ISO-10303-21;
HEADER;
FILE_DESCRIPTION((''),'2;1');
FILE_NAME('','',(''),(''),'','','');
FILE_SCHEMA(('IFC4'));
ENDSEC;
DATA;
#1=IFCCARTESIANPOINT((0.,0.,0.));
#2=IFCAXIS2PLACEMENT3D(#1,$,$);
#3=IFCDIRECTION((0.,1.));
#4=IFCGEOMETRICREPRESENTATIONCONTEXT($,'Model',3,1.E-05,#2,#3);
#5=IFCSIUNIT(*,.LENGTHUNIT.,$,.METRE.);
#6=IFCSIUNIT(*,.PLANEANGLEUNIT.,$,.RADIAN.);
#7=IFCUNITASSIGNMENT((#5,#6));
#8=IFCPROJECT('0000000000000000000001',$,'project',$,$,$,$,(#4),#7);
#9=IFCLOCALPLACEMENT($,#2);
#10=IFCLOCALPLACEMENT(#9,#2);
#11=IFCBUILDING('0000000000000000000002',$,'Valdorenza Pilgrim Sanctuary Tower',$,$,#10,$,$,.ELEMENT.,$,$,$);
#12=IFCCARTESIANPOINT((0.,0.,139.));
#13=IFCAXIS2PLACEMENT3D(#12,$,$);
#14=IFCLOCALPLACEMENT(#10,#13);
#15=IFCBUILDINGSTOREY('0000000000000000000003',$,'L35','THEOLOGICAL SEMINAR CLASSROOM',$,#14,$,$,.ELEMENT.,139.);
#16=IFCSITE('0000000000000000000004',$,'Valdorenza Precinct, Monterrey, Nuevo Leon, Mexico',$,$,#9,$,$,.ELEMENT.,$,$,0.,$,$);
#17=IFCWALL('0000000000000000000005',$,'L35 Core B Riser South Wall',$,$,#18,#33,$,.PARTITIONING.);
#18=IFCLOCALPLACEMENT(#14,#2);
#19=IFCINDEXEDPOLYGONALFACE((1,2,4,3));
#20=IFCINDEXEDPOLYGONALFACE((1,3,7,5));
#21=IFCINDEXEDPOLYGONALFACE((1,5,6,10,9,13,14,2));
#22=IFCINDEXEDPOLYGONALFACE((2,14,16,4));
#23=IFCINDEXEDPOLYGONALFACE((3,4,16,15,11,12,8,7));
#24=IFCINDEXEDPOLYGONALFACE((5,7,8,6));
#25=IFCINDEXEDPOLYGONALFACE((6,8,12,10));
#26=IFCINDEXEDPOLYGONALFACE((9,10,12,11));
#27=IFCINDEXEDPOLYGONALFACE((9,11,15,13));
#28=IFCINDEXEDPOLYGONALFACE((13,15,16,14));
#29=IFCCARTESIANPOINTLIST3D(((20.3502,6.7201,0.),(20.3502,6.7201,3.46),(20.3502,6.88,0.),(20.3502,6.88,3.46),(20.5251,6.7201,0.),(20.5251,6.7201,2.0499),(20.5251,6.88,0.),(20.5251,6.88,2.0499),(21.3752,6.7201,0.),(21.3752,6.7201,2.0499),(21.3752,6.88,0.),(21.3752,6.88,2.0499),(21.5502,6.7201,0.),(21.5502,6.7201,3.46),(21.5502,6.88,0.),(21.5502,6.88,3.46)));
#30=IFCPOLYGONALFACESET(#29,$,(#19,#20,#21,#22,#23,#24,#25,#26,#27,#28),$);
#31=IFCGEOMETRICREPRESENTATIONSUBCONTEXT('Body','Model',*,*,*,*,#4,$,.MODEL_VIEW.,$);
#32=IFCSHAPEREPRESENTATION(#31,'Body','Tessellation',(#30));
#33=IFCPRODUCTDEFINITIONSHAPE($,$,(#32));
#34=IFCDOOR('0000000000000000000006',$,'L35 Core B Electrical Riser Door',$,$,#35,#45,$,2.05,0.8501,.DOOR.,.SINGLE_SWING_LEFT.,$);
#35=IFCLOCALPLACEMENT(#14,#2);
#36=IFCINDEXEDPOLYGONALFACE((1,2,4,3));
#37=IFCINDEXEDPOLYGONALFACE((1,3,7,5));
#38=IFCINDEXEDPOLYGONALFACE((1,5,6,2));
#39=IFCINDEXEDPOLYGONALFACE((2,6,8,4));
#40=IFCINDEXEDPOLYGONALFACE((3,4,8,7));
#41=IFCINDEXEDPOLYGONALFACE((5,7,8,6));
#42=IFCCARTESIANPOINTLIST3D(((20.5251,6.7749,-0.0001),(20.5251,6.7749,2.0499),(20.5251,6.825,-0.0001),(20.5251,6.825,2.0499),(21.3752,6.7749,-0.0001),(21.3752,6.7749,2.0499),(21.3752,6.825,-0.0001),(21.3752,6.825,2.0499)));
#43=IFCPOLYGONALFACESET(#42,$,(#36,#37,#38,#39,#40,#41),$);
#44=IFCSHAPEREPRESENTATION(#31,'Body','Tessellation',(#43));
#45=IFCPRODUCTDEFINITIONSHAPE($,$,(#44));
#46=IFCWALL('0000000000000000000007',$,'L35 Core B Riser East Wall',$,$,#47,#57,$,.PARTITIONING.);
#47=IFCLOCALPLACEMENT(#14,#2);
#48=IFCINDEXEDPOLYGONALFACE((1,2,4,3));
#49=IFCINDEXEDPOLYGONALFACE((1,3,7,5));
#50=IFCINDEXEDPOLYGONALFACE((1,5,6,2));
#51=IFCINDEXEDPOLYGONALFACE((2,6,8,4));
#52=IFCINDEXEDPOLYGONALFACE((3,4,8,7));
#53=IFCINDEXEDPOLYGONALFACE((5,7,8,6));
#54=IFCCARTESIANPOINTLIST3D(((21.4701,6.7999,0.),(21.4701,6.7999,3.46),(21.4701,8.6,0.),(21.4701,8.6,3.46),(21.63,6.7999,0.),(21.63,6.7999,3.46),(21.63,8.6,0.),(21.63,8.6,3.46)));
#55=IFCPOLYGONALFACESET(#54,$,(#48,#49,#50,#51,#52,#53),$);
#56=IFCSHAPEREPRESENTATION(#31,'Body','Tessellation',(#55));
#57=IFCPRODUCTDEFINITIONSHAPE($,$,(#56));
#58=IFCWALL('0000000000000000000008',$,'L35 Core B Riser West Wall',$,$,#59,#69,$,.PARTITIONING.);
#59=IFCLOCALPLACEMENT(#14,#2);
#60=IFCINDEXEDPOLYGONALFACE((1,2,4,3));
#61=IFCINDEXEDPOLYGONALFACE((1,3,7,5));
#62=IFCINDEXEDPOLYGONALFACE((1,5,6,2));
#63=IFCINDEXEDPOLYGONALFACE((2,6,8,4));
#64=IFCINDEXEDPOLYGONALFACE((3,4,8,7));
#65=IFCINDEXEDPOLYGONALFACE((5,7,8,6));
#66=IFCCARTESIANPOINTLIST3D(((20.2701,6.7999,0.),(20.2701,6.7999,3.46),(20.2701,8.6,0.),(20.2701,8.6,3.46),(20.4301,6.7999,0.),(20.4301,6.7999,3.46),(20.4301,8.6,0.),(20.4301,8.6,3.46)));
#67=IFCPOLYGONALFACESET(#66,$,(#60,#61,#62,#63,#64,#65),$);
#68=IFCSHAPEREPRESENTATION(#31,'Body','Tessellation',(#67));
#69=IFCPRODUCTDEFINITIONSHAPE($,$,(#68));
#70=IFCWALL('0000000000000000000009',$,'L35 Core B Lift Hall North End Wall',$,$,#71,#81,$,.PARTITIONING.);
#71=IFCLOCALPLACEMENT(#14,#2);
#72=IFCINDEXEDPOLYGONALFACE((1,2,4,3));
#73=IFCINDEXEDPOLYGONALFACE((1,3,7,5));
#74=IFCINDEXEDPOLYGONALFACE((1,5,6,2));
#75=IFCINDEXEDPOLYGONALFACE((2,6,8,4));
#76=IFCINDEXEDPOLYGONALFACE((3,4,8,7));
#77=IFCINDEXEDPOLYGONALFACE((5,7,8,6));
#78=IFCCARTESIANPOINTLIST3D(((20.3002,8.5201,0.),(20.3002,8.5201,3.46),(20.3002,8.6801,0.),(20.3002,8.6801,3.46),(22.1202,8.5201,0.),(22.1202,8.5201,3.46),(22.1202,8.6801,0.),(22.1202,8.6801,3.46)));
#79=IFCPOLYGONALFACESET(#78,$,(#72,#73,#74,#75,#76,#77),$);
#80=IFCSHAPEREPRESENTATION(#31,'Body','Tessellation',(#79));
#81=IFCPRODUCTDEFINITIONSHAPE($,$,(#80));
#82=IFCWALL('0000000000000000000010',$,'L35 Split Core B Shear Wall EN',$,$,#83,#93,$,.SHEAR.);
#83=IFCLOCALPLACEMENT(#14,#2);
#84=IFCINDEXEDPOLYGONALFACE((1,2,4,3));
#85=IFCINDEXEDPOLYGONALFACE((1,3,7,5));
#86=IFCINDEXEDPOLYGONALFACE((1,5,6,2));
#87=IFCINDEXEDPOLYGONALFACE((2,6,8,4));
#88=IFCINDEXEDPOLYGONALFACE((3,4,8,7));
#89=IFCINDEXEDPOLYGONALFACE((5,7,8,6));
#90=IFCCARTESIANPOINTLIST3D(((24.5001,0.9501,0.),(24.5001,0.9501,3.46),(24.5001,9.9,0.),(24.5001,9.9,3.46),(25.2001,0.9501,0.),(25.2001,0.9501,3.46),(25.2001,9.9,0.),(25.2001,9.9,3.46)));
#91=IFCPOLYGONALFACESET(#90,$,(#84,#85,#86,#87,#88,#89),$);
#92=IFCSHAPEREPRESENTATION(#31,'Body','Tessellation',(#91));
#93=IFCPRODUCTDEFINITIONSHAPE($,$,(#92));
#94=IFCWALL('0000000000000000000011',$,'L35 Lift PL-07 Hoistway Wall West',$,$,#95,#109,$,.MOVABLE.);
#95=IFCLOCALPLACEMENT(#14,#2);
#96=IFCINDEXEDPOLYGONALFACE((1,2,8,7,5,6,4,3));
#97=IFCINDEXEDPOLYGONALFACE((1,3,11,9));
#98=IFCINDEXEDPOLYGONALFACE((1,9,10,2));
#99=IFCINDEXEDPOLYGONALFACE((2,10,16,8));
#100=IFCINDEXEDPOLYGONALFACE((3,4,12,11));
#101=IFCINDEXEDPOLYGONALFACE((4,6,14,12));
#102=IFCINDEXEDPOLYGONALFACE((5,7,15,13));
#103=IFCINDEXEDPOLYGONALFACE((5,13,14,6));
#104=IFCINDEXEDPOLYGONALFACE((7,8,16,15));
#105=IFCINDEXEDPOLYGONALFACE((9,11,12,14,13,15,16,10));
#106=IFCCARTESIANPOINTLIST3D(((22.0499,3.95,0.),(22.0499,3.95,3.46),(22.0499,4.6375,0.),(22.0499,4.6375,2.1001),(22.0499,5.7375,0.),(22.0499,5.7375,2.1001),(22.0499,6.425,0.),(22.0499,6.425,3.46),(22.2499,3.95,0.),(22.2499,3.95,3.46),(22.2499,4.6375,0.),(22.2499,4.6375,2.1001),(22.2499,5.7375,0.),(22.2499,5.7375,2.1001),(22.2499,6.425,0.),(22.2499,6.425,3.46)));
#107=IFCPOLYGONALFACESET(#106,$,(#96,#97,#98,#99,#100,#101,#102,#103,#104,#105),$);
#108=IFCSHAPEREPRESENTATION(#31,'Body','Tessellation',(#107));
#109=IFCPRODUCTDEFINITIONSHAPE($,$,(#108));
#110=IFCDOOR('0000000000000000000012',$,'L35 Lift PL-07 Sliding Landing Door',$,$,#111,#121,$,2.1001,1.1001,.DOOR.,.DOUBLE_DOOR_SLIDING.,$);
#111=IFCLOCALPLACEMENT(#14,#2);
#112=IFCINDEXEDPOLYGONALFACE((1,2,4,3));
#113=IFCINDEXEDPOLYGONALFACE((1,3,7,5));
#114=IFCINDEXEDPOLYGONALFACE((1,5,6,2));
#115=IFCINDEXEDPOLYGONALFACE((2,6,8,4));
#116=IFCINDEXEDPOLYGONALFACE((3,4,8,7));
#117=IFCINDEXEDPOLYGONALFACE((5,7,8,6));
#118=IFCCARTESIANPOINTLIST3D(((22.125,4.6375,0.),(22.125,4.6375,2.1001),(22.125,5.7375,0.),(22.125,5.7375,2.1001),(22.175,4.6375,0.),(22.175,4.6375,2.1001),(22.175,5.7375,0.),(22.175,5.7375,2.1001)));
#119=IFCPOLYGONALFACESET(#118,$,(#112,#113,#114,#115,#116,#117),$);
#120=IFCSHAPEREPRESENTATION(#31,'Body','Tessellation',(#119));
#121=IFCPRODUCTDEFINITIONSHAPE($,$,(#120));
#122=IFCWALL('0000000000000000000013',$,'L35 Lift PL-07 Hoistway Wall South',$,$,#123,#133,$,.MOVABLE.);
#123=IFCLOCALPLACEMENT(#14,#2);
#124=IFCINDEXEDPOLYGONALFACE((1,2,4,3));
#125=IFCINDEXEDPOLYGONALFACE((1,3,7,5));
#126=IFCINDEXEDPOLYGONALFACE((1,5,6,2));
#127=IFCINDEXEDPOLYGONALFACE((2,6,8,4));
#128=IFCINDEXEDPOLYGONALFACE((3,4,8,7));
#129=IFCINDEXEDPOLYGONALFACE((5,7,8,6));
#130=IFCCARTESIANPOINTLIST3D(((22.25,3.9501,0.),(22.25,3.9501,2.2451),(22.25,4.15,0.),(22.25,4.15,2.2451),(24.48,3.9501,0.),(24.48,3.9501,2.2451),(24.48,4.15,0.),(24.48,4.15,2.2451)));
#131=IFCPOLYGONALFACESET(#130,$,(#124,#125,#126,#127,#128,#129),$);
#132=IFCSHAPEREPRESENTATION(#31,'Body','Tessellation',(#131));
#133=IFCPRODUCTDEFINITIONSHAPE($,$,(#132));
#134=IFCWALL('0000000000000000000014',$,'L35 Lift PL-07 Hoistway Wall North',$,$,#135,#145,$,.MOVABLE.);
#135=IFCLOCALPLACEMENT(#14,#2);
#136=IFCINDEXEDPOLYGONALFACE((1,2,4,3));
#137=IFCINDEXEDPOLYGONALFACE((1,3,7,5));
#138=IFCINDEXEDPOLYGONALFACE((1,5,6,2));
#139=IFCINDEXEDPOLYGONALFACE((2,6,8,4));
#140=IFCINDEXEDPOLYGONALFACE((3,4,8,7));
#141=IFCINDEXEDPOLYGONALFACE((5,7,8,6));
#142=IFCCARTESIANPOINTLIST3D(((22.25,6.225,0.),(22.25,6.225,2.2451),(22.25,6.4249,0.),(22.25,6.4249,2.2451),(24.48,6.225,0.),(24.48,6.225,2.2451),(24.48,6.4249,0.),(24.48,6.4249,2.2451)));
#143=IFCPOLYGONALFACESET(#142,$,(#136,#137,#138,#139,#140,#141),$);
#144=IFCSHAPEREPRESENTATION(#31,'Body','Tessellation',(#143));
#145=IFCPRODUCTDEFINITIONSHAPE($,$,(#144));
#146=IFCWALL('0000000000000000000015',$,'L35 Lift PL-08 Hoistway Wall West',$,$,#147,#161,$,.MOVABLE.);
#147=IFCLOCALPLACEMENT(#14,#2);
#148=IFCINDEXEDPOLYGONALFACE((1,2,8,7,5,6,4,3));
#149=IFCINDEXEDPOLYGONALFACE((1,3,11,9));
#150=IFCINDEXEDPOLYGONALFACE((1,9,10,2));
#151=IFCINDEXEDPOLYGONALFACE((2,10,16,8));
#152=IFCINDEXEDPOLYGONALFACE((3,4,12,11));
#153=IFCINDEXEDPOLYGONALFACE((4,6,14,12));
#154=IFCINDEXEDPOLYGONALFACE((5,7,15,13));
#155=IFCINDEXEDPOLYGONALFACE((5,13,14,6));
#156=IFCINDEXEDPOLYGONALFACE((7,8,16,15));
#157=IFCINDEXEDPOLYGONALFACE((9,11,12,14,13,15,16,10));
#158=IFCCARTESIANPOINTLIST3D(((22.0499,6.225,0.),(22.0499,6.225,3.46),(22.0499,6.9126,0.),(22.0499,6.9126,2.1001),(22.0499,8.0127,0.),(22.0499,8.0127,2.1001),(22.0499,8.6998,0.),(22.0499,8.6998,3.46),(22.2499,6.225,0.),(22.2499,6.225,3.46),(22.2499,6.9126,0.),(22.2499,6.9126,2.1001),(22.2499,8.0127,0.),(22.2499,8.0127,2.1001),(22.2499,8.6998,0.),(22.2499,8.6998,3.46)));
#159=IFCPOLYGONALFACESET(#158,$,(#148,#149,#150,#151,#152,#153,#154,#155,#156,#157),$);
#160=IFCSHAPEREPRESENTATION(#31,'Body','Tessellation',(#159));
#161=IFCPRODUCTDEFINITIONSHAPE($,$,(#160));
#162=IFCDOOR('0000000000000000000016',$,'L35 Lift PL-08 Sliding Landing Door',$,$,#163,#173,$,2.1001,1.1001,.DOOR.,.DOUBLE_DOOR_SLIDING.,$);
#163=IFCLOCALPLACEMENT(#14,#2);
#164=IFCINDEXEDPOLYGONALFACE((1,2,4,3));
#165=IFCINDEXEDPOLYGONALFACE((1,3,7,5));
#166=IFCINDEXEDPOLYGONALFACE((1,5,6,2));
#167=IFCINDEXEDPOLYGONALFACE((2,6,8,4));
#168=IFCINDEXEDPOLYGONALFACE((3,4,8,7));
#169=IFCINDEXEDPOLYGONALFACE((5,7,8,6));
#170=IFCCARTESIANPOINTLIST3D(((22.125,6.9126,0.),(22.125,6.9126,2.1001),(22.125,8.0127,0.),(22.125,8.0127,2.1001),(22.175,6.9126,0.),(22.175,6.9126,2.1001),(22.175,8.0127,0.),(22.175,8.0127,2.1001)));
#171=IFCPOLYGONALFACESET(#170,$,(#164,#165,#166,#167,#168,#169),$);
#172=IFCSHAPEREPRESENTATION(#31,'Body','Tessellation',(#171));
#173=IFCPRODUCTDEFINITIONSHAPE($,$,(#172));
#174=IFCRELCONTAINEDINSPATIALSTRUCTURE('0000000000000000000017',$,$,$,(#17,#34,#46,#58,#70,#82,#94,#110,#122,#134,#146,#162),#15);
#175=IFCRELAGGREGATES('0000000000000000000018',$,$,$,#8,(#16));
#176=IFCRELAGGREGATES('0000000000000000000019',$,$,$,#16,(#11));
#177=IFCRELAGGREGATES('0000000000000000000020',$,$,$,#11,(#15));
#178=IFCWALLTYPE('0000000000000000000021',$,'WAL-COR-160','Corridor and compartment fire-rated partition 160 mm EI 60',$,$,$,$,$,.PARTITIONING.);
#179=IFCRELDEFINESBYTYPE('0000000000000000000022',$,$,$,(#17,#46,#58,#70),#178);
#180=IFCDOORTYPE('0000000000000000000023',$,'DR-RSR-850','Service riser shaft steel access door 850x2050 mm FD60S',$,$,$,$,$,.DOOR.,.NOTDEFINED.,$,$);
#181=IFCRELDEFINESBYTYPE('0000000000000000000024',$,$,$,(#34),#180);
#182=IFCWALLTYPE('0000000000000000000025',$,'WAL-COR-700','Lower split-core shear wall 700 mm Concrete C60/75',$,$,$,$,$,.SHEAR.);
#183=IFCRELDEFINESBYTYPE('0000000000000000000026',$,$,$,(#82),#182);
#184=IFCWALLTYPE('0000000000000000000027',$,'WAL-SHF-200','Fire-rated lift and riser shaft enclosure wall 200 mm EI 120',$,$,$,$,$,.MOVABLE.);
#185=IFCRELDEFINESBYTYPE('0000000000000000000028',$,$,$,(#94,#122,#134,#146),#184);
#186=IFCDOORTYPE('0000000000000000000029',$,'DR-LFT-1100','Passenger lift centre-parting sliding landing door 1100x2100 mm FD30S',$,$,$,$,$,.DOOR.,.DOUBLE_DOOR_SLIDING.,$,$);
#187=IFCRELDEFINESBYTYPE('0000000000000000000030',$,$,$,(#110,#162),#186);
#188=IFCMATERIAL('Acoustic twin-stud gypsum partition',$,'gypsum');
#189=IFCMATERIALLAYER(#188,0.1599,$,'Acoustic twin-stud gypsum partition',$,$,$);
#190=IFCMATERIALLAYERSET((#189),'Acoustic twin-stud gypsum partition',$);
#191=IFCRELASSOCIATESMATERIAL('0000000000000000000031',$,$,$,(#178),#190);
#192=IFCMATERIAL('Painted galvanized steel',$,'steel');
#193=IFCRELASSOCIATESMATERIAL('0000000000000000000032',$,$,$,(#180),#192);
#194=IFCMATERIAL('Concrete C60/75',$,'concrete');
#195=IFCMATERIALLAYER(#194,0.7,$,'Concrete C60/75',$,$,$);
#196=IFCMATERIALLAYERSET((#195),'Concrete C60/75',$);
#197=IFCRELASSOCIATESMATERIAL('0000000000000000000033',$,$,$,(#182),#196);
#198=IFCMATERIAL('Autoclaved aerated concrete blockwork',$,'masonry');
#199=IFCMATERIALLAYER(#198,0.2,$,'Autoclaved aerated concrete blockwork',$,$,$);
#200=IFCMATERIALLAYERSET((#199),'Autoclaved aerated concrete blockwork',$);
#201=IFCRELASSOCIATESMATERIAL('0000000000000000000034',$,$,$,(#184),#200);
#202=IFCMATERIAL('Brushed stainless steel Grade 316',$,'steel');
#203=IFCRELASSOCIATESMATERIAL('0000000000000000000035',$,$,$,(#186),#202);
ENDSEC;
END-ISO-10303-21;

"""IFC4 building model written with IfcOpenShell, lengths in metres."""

from ifc_helpers import new_model, si_unit, direction, frame, frame_2d, origin, place, context, subcontext, project, spatial, rectangle, extrude, material, layer, layer_set, type_object, element, fill, save


model = new_model("IFC4")

# Units and contexts
model_context = context("Model", 3, precision=1e-05, world=origin(), true_north=direction((0.0, 1.0)))
body_context = subcontext(model_context, "Body", "Model", "MODEL_VIEW")
ifc_project = project(units=[si_unit("LENGTHUNIT", "METRE"), si_unit("PLANEANGLEUNIT", "RADIAN")], contexts=[model_context])

# Site, building, storey
site_placement = place(None, origin())
site = spatial("IfcSite", under=ifc_project, at=site_placement, Name="Valdorenza Precinct, Monterrey, Nuevo Leon, Mexico", CompositionType="ELEMENT", RefElevation=0.0)
building_placement = place(site_placement, origin())
building = spatial("IfcBuilding", under=site, at=building_placement, Name="Valdorenza Pilgrim Sanctuary Tower", CompositionType="ELEMENT")
storey_placement = place(building_placement, frame((0.0, 0.0, 139.0)))
storey = spatial("IfcBuildingStorey", under=building, at=storey_placement, Name="L35", Description="THEOLOGICAL SEMINAR CLASSROOM", CompositionType="ELEMENT", Elevation=139.0)

# Wall, opening, door
ifc_material_1 = material(Name="Acoustic twin-stud gypsum partition", Category="gypsum")
ifc_layer_1 = layer(ifc_material_1, 0.1599, Name="Acoustic twin-stud gypsum partition")
ifc_layer_set_1 = layer_set([ifc_layer_1], Name="Acoustic twin-stud gypsum partition")
wall_type_1 = type_object("IfcWallType", Name="WAL-COR-160", Description="Corridor and compartment fire-rated partition 160 mm EI 60", PredefinedType="PARTITIONING", material=ifc_layer_set_1)
wall_1_placement = place(storey_placement, frame((20.3501, 6.8, 0.0), z_axis=(0.0, 0.0, 1.0), x_axis=(1.0, 0.0, 0.0)))
wall_1 = element("IfcWall", 1, at=wall_1_placement, inside=storey, type_object=wall_type_1, Name="L35 Core B Riser South Wall", PredefinedType="PARTITIONING", context=body_context, shape_type="SweptSolid", body=[
    extrude(rectangle(XDim=1.2, YDim=0.1599, at=frame_2d((0.6001, 0.0))), origin(), (0.0, 0.0, 1.0), 3.46),
])
opening_1_placement = place(wall_1_placement, frame((0.175, 0.0, 0.0)))
opening_1 = element("IfcOpeningElement", 2, at=opening_1_placement, cuts=wall_1, PredefinedType="OPENING", context=body_context, shape_type="SweptSolid", body=[
    extrude(rectangle(XDim=0.8501, YDim=2.05, at=frame_2d((0.425, 1.0249))), frame((0.0, 0.0947, 0.0), z_axis=(0.0, -1.0, 0.0), x_axis=(1.0, 0.0, 0.0)), (0.0, 0.0, 1.0), 0.1897),
])
ifc_material_2 = material(Name="Painted galvanized steel", Category="steel")
door_type_1 = type_object("IfcDoorType", Name="DR-RSR-850", Description="Service riser shaft steel access door 850x2050 mm FD60S", OperationType="NOTDEFINED", PredefinedType="DOOR", material=ifc_material_2)
door_1_placement = place(opening_1_placement, origin())
door_1 = element("IfcDoor", 3, at=door_1_placement, inside=storey, type_object=door_type_1, Name="L35 Core B Electrical Riser Door", OperationType="SINGLE_SWING_LEFT", OverallHeight=2.05, OverallWidth=0.8501, PredefinedType="DOOR", context=body_context, shape_type="SweptSolid", body=[
    extrude(rectangle(XDim=0.8501, YDim=2.05, at=frame_2d((0.425, 1.0249))), frame((0.0, 0.0249, 0.0), z_axis=(0.0, -1.0, 0.0), x_axis=(1.0, 0.0, 0.0)), (0.0, 0.0, 1.0), 0.05),
])
fill(opening_1, door_1)

# Walls
for number, where, z_axis, x_axis, name in (
    (4, (21.55, 6.8, 0.0), (0.0, 0.0, 1.0), (0.0, 1.0, 0.0), "L35 Core B Riser East Wall"),
    (5, (20.3501, 6.8, 0.0), (0.0, 0.0, 1.0), (0.0, 1.0, 0.0), "L35 Core B Riser West Wall"),
):
    element("IfcWall", number, at=place(storey_placement, frame(where, z_axis=z_axis, x_axis=x_axis)), inside=storey, type_object=wall_type_1, Name=name, PredefinedType="PARTITIONING", context=body_context, shape_type="SweptSolid", body=[
        extrude(rectangle(XDim=1.8, YDim=0.1599, at=frame_2d((0.8999, 0.0))), origin(), (0.0, 0.0, 1.0), 3.46),
    ])
wall_2_placement = place(storey_placement, frame((20.3, 8.6001, 0.0), z_axis=(0.0, 0.0, 1.0), x_axis=(1.0, 0.0, 0.0)))
element("IfcWall", 6, at=wall_2_placement, inside=storey, type_object=wall_type_1, Name="L35 Core B Lift Hall North End Wall", PredefinedType="PARTITIONING", context=body_context, shape_type="SweptSolid", body=[
    extrude(rectangle(XDim=1.8201, YDim=0.1599, at=frame_2d((0.9102, 0.0))), origin(), (0.0, 0.0, 1.0), 3.46),
])
ifc_material_3 = material(Name="Concrete C60/75", Category="concrete")
ifc_layer_2 = layer(ifc_material_3, 0.7, Name="Concrete C60/75")
ifc_layer_set_2 = layer_set([ifc_layer_2], Name="Concrete C60/75")
wall_type_2 = type_object("IfcWallType", Name="WAL-COR-700", Description="Lower split-core shear wall 700 mm Concrete C60/75", PredefinedType="SHEAR", material=ifc_layer_set_2)
wall_3_placement = place(storey_placement, frame((24.8501, 0.95, 0.0), z_axis=(0.0, 0.0, 1.0), x_axis=(0.0, 1.0, 0.0)))
element("IfcWall", 7, at=wall_3_placement, inside=storey, type_object=wall_type_2, Name="L35 Split Core B Shear Wall EN", PredefinedType="SHEAR", context=body_context, shape_type="SweptSolid", body=[
    extrude(rectangle(XDim=8.95, YDim=0.7, at=frame_2d((4.4751, 0.0))), origin(), (0.0, 0.0, 1.0), 3.46),
])

# Wall, opening, door
ifc_material_4 = material(Name="Autoclaved aerated concrete blockwork", Category="masonry")
ifc_layer_3 = layer(ifc_material_4, 0.2, Name="Autoclaved aerated concrete blockwork")
ifc_layer_set_3 = layer_set([ifc_layer_3], Name="Autoclaved aerated concrete blockwork")
wall_type_3 = type_object("IfcWallType", Name="WAL-SHF-200", Description="Fire-rated lift and riser shaft enclosure wall 200 mm EI 120", PredefinedType="MOVABLE", material=ifc_layer_set_3)
wall_4_placement = place(storey_placement, frame((22.1499, 3.95, 0.0), z_axis=(0.0, 0.0, 1.0), x_axis=(0.0, 1.0, 0.0)))
wall_4 = element("IfcWall", 8, at=wall_4_placement, inside=storey, type_object=wall_type_3, Name="L35 Lift PL-07 Hoistway Wall West", PredefinedType="MOVABLE", context=body_context, shape_type="SweptSolid", body=[
    extrude(rectangle(XDim=2.4751, YDim=0.2, at=frame_2d((1.2375, 0.0))), origin(), (0.0, 0.0, 1.0), 3.46),
])
opening_2_placement = place(wall_4_placement, frame((0.6875, 0.0, 0.0)))
opening_2 = element("IfcOpeningElement", 9, at=opening_2_placement, cuts=wall_4, PredefinedType="OPENING", context=body_context, shape_type="SweptSolid", body=[
    extrude(rectangle(XDim=1.1001, YDim=2.1001, at=frame_2d((0.55, 1.05))), frame((0.0, 0.1147, 0.0), z_axis=(0.0, -1.0, 0.0), x_axis=(1.0, 0.0, 0.0)), (0.0, 0.0, 1.0), 0.2297),
])
ifc_material_5 = material(Name="Brushed stainless steel Grade 316", Category="steel")
door_type_2 = type_object("IfcDoorType", Name="DR-LFT-1100", Description="Passenger lift centre-parting sliding landing door 1100x2100 mm FD30S", OperationType="DOUBLE_DOOR_SLIDING", PredefinedType="DOOR", material=ifc_material_5)
door_2_placement = place(opening_2_placement, origin())
door_2 = element("IfcDoor", 10, at=door_2_placement, inside=storey, type_object=door_type_2, Name="L35 Lift PL-07 Sliding Landing Door", OperationType="DOUBLE_DOOR_SLIDING", OverallHeight=2.1001, OverallWidth=1.1001, PredefinedType="DOOR", context=body_context, shape_type="SweptSolid", body=[
    extrude(rectangle(XDim=1.1001, YDim=2.1001, at=frame_2d((0.55, 1.05))), frame((0.0, 0.0249, 0.0), z_axis=(0.0, -1.0, 0.0), x_axis=(1.0, 0.0, 0.0)), (0.0, 0.0, 1.0), 0.05),
])
fill(opening_2, door_2)

# Walls
for number, where, z_axis, x_axis, name in (
    (11, (22.25, 4.05, 0.0), (0.0, 0.0, 1.0), (1.0, 0.0, 0.0), "L35 Lift PL-07 Hoistway Wall South"),
    (12, (22.25, 6.325, 0.0), (0.0, 0.0, 1.0), (1.0, 0.0, 0.0), "L35 Lift PL-07 Hoistway Wall North"),
):
    element("IfcWall", number, at=place(storey_placement, frame(where, z_axis=z_axis, x_axis=x_axis)), inside=storey, type_object=wall_type_3, Name=name, PredefinedType="MOVABLE", context=body_context, shape_type="SweptSolid", body=[
        extrude(rectangle(XDim=2.23, YDim=0.2, at=frame_2d((1.115, 0.0))), origin(), (0.0, 0.0, 1.0), 2.2451),
    ])

# Wall, opening, door
wall_5_placement = place(storey_placement, frame((22.1499, 6.2251, 0.0), z_axis=(0.0, 0.0, 1.0), x_axis=(0.0, 1.0, 0.0)))
wall_5 = element("IfcWall", 13, at=wall_5_placement, inside=storey, type_object=wall_type_3, Name="L35 Lift PL-08 Hoistway Wall West", PredefinedType="MOVABLE", context=body_context, shape_type="SweptSolid", body=[
    extrude(rectangle(XDim=2.4749, YDim=0.2, at=frame_2d((1.2373, 0.0))), origin(), (0.0, 0.0, 1.0), 3.46),
])
opening_3_placement = place(wall_5_placement, frame((0.6875, 0.0, 0.0)))
opening_3 = element("IfcOpeningElement", 14, at=opening_3_placement, cuts=wall_5, PredefinedType="OPENING", context=body_context, shape_type="SweptSolid", body=[
    extrude(rectangle(XDim=1.1001, YDim=2.1001, at=frame_2d((0.55, 1.05))), frame((0.0, 0.1147, 0.0), z_axis=(0.0, -1.0, 0.0), x_axis=(1.0, 0.0, 0.0)), (0.0, 0.0, 1.0), 0.2297),
])
door_3_placement = place(opening_3_placement, origin())
door_3 = element("IfcDoor", 15, at=door_3_placement, inside=storey, type_object=door_type_2, Name="L35 Lift PL-08 Sliding Landing Door", OperationType="DOUBLE_DOOR_SLIDING", OverallHeight=2.1001, OverallWidth=1.1001, PredefinedType="DOOR", context=body_context, shape_type="SweptSolid", body=[
    extrude(rectangle(XDim=1.1001, YDim=2.1001, at=frame_2d((0.55, 1.05))), frame((0.0, 0.0249, 0.0), z_axis=(0.0, -1.0, 0.0), x_axis=(1.0, 0.0, 0.0)), (0.0, 0.0, 1.0), 0.05),
])
fill(opening_3, door_3)

save(model, "model.ifc")
